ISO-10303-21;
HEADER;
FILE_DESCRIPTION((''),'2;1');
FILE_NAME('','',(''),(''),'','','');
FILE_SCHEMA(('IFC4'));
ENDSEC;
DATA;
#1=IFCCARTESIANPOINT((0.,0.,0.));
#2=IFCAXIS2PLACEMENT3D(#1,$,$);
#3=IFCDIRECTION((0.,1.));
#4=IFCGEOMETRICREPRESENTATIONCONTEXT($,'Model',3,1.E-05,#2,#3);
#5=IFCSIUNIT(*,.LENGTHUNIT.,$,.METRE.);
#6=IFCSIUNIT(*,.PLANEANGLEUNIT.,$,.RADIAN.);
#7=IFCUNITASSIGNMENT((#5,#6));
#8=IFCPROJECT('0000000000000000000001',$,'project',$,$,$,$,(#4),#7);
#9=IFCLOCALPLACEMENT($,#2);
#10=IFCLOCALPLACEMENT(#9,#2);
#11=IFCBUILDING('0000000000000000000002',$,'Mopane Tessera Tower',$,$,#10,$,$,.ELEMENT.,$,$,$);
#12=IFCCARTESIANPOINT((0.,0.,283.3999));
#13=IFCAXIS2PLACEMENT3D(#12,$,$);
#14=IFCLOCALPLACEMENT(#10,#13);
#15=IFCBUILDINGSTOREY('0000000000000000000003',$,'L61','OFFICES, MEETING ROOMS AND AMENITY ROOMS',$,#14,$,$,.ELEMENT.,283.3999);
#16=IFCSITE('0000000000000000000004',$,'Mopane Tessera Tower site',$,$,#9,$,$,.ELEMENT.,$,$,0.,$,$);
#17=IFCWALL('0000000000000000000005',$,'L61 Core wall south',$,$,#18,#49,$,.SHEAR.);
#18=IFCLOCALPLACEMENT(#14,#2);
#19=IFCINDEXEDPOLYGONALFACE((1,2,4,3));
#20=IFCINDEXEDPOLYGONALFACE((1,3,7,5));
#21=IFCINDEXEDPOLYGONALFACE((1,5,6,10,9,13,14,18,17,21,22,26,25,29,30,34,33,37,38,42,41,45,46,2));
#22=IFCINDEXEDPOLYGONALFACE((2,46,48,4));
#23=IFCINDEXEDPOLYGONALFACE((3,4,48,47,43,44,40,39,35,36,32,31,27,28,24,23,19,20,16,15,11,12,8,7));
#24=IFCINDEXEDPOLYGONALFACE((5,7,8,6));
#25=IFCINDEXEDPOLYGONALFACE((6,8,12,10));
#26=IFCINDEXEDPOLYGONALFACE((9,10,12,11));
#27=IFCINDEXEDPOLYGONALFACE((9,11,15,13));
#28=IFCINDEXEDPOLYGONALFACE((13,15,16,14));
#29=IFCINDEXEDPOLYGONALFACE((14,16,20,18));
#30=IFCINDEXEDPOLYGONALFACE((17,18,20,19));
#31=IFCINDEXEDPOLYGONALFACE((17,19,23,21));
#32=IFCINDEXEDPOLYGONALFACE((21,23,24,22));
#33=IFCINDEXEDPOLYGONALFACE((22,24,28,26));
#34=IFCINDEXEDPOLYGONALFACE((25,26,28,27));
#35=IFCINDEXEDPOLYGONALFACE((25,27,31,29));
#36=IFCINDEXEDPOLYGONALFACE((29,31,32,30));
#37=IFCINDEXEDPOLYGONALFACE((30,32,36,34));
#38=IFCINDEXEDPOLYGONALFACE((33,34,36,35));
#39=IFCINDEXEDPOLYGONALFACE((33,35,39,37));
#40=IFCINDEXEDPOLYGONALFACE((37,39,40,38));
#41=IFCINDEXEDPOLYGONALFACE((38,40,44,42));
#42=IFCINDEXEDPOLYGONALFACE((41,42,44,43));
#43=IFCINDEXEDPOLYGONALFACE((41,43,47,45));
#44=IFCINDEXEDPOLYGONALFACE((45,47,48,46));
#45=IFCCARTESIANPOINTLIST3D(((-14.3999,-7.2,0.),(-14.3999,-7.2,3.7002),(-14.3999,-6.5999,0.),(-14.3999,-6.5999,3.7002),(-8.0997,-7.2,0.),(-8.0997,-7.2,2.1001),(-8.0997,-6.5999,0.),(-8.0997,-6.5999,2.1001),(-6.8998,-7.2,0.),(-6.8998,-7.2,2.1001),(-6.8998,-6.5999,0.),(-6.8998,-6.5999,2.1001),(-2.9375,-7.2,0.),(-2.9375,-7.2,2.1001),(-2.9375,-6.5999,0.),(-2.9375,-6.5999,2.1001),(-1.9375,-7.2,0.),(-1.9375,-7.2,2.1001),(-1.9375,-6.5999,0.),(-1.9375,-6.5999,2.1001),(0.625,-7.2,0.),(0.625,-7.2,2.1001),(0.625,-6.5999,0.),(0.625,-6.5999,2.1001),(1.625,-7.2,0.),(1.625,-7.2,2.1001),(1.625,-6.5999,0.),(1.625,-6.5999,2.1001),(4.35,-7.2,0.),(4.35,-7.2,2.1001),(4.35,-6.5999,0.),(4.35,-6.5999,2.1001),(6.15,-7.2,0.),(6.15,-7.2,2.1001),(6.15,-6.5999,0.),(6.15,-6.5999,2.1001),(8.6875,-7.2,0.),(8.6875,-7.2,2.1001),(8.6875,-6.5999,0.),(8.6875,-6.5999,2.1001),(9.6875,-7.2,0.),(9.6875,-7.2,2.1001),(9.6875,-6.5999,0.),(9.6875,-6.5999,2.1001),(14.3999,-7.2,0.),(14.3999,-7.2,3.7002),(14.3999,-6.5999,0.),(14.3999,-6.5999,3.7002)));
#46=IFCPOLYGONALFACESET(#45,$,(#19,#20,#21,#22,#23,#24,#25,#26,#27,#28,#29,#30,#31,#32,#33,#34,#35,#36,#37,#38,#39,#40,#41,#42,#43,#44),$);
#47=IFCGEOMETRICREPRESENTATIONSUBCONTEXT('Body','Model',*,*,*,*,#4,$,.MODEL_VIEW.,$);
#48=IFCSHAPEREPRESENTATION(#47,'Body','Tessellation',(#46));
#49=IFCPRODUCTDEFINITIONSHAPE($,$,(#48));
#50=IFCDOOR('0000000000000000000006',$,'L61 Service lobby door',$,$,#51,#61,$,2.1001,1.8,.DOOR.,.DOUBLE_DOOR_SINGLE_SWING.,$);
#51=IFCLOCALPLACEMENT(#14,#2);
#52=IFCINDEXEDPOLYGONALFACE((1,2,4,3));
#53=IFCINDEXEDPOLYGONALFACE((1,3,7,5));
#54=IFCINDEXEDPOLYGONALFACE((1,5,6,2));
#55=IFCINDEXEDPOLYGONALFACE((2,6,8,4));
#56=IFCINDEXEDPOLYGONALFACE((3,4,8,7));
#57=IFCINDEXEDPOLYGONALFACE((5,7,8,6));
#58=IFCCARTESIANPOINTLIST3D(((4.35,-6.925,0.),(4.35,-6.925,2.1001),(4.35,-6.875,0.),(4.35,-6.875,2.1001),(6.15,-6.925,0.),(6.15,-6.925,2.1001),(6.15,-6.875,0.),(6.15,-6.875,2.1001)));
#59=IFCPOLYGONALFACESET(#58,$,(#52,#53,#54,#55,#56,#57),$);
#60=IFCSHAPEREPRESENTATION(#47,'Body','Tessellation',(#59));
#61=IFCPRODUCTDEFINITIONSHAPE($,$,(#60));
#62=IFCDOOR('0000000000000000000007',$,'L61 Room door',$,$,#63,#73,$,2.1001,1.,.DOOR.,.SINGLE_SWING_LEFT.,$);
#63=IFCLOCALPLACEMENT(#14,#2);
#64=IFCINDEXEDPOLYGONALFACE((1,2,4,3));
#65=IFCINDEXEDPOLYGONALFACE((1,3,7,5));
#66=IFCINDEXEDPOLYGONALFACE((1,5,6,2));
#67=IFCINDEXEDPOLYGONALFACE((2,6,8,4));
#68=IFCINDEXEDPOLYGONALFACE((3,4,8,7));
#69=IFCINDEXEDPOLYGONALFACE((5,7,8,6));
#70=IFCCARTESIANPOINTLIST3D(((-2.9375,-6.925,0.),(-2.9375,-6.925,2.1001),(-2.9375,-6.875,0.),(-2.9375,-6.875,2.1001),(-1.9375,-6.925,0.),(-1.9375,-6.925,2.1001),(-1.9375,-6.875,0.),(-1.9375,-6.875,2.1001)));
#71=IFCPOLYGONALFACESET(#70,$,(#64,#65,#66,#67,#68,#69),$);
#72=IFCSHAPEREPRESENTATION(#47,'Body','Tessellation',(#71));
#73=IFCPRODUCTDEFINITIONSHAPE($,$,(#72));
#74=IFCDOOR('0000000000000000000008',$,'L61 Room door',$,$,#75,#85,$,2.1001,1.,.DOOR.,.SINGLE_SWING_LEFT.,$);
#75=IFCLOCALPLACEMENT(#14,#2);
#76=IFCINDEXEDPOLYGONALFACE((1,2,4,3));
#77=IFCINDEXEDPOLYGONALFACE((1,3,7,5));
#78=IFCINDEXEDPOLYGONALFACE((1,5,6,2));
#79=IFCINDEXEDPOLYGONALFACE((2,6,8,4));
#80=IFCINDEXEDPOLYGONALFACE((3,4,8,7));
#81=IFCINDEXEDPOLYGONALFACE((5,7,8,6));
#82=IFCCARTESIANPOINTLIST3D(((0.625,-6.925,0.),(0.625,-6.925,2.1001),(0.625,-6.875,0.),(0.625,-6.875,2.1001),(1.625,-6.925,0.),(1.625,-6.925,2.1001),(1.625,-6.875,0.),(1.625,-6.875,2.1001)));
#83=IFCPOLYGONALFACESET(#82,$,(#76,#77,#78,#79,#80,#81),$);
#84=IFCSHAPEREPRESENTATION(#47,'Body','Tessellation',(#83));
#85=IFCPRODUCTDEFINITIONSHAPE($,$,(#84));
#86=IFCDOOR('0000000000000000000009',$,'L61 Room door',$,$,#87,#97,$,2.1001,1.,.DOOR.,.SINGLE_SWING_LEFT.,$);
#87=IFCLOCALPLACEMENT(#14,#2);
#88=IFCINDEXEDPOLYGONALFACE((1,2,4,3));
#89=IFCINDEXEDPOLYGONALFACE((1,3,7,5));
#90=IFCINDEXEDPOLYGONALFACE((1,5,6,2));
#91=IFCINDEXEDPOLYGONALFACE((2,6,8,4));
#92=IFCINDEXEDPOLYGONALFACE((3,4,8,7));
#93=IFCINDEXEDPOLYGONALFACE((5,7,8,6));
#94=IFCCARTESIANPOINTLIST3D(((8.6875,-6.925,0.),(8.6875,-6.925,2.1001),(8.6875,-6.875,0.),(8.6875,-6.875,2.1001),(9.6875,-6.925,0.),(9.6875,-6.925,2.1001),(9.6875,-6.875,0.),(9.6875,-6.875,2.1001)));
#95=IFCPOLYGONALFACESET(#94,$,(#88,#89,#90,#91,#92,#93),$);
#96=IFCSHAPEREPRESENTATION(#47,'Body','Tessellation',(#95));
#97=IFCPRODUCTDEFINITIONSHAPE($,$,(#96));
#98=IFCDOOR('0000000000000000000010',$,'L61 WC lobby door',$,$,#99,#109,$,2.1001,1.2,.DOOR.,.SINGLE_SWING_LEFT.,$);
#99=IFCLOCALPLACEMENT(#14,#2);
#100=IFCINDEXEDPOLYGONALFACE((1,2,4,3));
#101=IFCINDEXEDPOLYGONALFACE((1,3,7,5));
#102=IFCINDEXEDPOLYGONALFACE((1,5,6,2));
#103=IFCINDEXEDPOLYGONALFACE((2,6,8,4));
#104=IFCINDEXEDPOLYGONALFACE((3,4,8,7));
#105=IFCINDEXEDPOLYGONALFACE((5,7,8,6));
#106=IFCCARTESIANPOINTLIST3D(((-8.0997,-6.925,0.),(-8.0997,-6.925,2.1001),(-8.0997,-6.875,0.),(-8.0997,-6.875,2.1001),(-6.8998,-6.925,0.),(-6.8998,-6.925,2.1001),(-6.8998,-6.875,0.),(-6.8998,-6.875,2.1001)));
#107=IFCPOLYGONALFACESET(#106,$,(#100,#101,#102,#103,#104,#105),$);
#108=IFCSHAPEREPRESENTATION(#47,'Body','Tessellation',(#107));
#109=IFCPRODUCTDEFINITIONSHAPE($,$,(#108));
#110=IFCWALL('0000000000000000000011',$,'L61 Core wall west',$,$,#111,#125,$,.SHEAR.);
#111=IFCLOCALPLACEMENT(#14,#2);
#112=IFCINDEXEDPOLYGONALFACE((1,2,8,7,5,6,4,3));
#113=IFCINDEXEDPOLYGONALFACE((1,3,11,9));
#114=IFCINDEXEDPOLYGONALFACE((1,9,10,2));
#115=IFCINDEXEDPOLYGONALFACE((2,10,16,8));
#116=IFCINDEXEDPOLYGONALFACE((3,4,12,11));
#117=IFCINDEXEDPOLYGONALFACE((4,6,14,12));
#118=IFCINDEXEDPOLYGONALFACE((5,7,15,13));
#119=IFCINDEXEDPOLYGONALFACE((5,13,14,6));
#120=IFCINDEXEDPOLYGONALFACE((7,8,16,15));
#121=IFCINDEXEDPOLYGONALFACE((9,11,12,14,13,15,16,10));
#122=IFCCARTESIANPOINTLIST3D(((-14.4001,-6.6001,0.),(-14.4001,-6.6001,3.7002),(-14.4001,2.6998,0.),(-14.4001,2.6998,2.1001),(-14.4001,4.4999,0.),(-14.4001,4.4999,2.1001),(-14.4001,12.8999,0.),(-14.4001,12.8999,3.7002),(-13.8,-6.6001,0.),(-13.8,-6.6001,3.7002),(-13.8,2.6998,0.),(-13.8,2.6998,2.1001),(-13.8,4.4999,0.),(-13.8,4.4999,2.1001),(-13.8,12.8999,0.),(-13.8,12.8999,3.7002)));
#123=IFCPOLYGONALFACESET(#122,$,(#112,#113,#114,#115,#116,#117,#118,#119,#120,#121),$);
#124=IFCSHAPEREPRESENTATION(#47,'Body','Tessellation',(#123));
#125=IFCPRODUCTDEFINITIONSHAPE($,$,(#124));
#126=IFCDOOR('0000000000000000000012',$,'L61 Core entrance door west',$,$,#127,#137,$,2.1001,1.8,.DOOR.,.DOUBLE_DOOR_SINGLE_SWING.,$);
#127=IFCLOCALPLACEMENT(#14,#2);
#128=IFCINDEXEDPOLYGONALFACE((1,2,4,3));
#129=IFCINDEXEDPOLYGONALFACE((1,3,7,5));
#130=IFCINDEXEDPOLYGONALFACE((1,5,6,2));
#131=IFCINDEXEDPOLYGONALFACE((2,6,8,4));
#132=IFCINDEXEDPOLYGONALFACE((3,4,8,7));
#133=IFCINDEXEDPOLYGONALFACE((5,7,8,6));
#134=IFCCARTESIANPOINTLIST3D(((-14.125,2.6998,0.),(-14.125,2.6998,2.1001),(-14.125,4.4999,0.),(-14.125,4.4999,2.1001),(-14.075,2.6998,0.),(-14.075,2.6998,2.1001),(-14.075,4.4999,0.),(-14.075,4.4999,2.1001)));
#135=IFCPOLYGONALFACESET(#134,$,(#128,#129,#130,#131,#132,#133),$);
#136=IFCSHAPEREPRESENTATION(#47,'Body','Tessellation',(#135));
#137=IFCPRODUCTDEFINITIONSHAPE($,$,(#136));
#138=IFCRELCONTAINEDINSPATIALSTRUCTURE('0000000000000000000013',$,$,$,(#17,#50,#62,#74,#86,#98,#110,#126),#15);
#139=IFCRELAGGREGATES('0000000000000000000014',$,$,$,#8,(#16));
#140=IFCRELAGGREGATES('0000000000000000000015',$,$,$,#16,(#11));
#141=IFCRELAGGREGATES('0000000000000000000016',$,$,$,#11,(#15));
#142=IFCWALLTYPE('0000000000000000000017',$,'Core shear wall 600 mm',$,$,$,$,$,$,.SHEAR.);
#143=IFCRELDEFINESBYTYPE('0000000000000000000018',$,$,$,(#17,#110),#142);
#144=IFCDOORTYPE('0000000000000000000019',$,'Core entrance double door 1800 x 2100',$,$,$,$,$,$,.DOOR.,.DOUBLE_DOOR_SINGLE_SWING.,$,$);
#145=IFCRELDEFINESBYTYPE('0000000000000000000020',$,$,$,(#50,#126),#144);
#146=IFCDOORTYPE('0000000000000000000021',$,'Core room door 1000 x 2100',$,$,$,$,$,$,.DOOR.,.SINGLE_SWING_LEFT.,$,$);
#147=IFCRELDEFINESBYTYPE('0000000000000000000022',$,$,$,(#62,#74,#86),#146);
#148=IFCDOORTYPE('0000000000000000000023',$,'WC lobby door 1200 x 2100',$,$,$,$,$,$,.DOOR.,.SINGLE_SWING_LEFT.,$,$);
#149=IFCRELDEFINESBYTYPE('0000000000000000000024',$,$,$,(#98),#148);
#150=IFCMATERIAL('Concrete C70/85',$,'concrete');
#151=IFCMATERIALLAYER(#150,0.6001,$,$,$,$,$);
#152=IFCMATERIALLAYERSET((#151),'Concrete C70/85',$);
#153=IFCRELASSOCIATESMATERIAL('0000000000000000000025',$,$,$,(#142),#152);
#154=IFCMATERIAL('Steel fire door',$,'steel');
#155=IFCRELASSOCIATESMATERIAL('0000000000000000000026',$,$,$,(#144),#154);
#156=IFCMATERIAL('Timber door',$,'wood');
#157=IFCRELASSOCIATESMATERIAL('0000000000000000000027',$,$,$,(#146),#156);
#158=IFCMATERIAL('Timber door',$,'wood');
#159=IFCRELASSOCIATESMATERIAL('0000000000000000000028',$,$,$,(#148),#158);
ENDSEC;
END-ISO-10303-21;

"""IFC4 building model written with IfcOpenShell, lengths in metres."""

from ifc_helpers import new_model, si_unit, direction, frame, frame_2d, origin, place, context, subcontext, project, spatial, rectangle, extrude, material, layer, layer_set, type_object, element, fill, save


model = new_model("IFC4")

# Units and contexts
model_context = context("Model", 3, precision=1e-05, world=origin(), true_north=direction((0.0, 1.0)))
body_context = subcontext(model_context, "Body", "Model", "MODEL_VIEW")
ifc_project = project(units=[si_unit("LENGTHUNIT", "METRE"), si_unit("PLANEANGLEUNIT", "RADIAN")], contexts=[model_context])

# Site, building, storey
site_placement = place(None, origin())
site = spatial("IfcSite", under=ifc_project, at=site_placement, Name="Mopane Tessera Tower site", CompositionType="ELEMENT", RefElevation=0.0)
building_placement = place(site_placement, origin())
building = spatial("IfcBuilding", under=site, at=building_placement, Name="Mopane Tessera Tower", CompositionType="ELEMENT")
storey_placement = place(building_placement, frame((0.0, 0.0, 283.3999)))
storey = spatial("IfcBuildingStorey", under=building, at=storey_placement, Name="L61", Description="OFFICES, MEETING ROOMS AND AMENITY ROOMS", CompositionType="ELEMENT", Elevation=283.3999)

# Wall, openings, doors
ifc_material_1 = material(Name="Concrete C70/85", Category="concrete")
ifc_layer_1 = layer(ifc_material_1, 0.6001)
ifc_layer_set_1 = layer_set([ifc_layer_1], Name="Concrete C70/85")
wall_type_1 = type_object("IfcWallType", Name="Core shear wall 600 mm", PredefinedType="SHEAR", material=ifc_layer_set_1)
wall_1_placement = place(storey_placement, frame((-14.3999, -6.8999, 0.0), z_axis=(0.0, 0.0, 1.0), x_axis=(1.0, 0.0, 0.0)))
wall_1 = element("IfcWall", 1, at=wall_1_placement, inside=storey, type_object=wall_type_1, Name="L61 Core wall south", PredefinedType="SHEAR", context=body_context, shape_type="SweptSolid", body=[
    extrude(rectangle(XDim=28.7998, YDim=0.6001, at=frame_2d((14.3999, 0.0))), origin(), (0.0, 0.0, 1.0), 3.7002),
])
opening_1_placement = place(wall_1_placement, frame((6.3, 0.0, 0.0)))
opening_1 = element("IfcOpeningElement", 2, at=opening_1_placement, cuts=wall_1, PredefinedType="OPENING", context=body_context, shape_type="SweptSolid", body=[
    extrude(rectangle(XDim=1.2, YDim=2.1001, at=frame_2d((0.6001, 1.05))), frame((0.0, 0.312, 0.0), z_axis=(0.0, -1.0, 0.0), x_axis=(1.0, 0.0, 0.0)), (0.0, 0.0, 1.0), 0.624),
])
opening_2_placement = place(wall_1_placement, frame((11.4624, 0.0, 0.0)))
opening_2 = element("IfcOpeningElement", 3, at=opening_2_placement, cuts=wall_1, PredefinedType="OPENING", context=body_context, shape_type="SweptSolid", body=[
    extrude(rectangle(XDim=1.0, YDim=2.1001, at=frame_2d((0.5, 1.05))), frame((0.0, 0.312, 0.0), z_axis=(0.0, -1.0, 0.0), x_axis=(1.0, 0.0, 0.0)), (0.0, 0.0, 1.0), 0.624),
])
opening_3_placement = place(wall_1_placement, frame((15.0249, 0.0, 0.0)))
opening_3 = element("IfcOpeningElement", 4, at=opening_3_placement, cuts=wall_1, PredefinedType="OPENING", context=body_context, shape_type="SweptSolid", body=[
    extrude(rectangle(XDim=1.0, YDim=2.1001, at=frame_2d((0.5, 1.05))), frame((0.0, 0.312, 0.0), z_axis=(0.0, -1.0, 0.0), x_axis=(1.0, 0.0, 0.0)), (0.0, 0.0, 1.0), 0.624),
])
opening_4_placement = place(wall_1_placement, frame((18.75, 0.0, 0.0)))
opening_4 = element("IfcOpeningElement", 5, at=opening_4_placement, cuts=wall_1, PredefinedType="OPENING", context=body_context, shape_type="SweptSolid", body=[
    extrude(rectangle(XDim=1.8, YDim=2.1001, at=frame_2d((0.8999, 1.05))), frame((0.0, 0.312, 0.0), z_axis=(0.0, -1.0, 0.0), x_axis=(1.0, 0.0, 0.0)), (0.0, 0.0, 1.0), 0.624),
])
opening_5_placement = place(wall_1_placement, frame((23.0874, 0.0, 0.0)))
opening_5 = element("IfcOpeningElement", 6, at=opening_5_placement, cuts=wall_1, PredefinedType="OPENING", context=body_context, shape_type="SweptSolid", body=[
    extrude(rectangle(XDim=1.0, YDim=2.1001, at=frame_2d((0.5, 1.05))), frame((0.0, 0.312, 0.0), z_axis=(0.0, -1.0, 0.0), x_axis=(1.0, 0.0, 0.0)), (0.0, 0.0, 1.0), 0.624),
])
ifc_material_2 = material(Name="Steel fire door", Category="steel")
door_type_1 = type_object("IfcDoorType", Name="Core entrance double door 1800 x 2100", OperationType="DOUBLE_DOOR_SINGLE_SWING", PredefinedType="DOOR", material=ifc_material_2)
door_1_placement = place(opening_4_placement, origin())
door_1 = element("IfcDoor", 7, at=door_1_placement, inside=storey, type_object=door_type_1, Name="L61 Service lobby door", OperationType="DOUBLE_DOOR_SINGLE_SWING", OverallHeight=2.1001, OverallWidth=1.8, PredefinedType="DOOR", context=body_context, shape_type="SweptSolid", body=[
    extrude(rectangle(XDim=1.8, YDim=2.1001, at=frame_2d((0.8999, 1.05))), frame((0.0, 0.0249, 0.0), z_axis=(0.0, -1.0, 0.0), x_axis=(1.0, 0.0, 0.0)), (0.0, 0.0, 1.0), 0.05),
])
fill(opening_4, door_1)
ifc_material_3 = material(Name="Timber door", Category="wood")
door_type_2 = type_object("IfcDoorType", Name="Core room door 1000 x 2100", OperationType="SINGLE_SWING_LEFT", PredefinedType="DOOR", material=ifc_material_3)
door_2_placement = place(opening_2_placement, origin())
door_2 = element("IfcDoor", 8, at=door_2_placement, inside=storey, type_object=door_type_2, Name="L61 Room door", OperationType="SINGLE_SWING_LEFT", OverallHeight=2.1001, OverallWidth=1.0, PredefinedType="DOOR", context=body_context, shape_type="SweptSolid", body=[
    extrude(rectangle(XDim=1.0, YDim=2.1001, at=frame_2d((0.5, 1.05))), frame((0.0, 0.0249, 0.0), z_axis=(0.0, -1.0, 0.0), x_axis=(1.0, 0.0, 0.0)), (0.0, 0.0, 1.0), 0.05),
])
fill(opening_2, door_2)
door_3_placement = place(opening_3_placement, origin())
door_3 = element("IfcDoor", 9, at=door_3_placement, inside=storey, type_object=door_type_2, Name="L61 Room door", OperationType="SINGLE_SWING_LEFT", OverallHeight=2.1001, OverallWidth=1.0, PredefinedType="DOOR", context=body_context, shape_type="SweptSolid", body=[
    extrude(rectangle(XDim=1.0, YDim=2.1001, at=frame_2d((0.5, 1.05))), frame((0.0, 0.0249, 0.0), z_axis=(0.0, -1.0, 0.0), x_axis=(1.0, 0.0, 0.0)), (0.0, 0.0, 1.0), 0.05),
])
fill(opening_3, door_3)
door_4_placement = place(opening_5_placement, origin())
door_4 = element("IfcDoor", 10, at=door_4_placement, inside=storey, type_object=door_type_2, Name="L61 Room door", OperationType="SINGLE_SWING_LEFT", OverallHeight=2.1001, OverallWidth=1.0, PredefinedType="DOOR", context=body_context, shape_type="SweptSolid", body=[
    extrude(rectangle(XDim=1.0, YDim=2.1001, at=frame_2d((0.5, 1.05))), frame((0.0, 0.0249, 0.0), z_axis=(0.0, -1.0, 0.0), x_axis=(1.0, 0.0, 0.0)), (0.0, 0.0, 1.0), 0.05),
])
fill(opening_5, door_4)
ifc_material_4 = material(Name="Timber door", Category="wood")
door_type_3 = type_object("IfcDoorType", Name="WC lobby door 1200 x 2100", OperationType="SINGLE_SWING_LEFT", PredefinedType="DOOR", material=ifc_material_4)
door_5_placement = place(opening_1_placement, origin())
door_5 = element("IfcDoor", 11, at=door_5_placement, inside=storey, type_object=door_type_3, Name="L61 WC lobby door", OperationType="SINGLE_SWING_LEFT", OverallHeight=2.1001, OverallWidth=1.2, PredefinedType="DOOR", context=body_context, shape_type="SweptSolid", body=[
    extrude(rectangle(XDim=1.2, YDim=2.1001, at=frame_2d((0.6001, 1.05))), frame((0.0, 0.0249, 0.0), z_axis=(0.0, -1.0, 0.0), x_axis=(1.0, 0.0, 0.0)), (0.0, 0.0, 1.0), 0.05),
])
fill(opening_1, door_5)

# Wall, opening, door
wall_2_placement = place(storey_placement, frame((-14.1001, -6.6001, 0.0), z_axis=(0.0, 0.0, 1.0), x_axis=(0.0, 1.0, 0.0)))
wall_2 = element("IfcWall", 12, at=wall_2_placement, inside=storey, type_object=wall_type_1, Name="L61 Core wall west", PredefinedType="SHEAR", context=body_context, shape_type="SweptSolid", body=[
    extrude(rectangle(XDim=19.5, YDim=0.6001, at=frame_2d((9.75, 0.0))), origin(), (0.0, 0.0, 1.0), 3.7002),
])
opening_6_placement = place(wall_2_placement, frame((9.3, 0.0, 0.0)))
opening_6 = element("IfcOpeningElement", 13, at=opening_6_placement, cuts=wall_2, PredefinedType="OPENING", context=body_context, shape_type="SweptSolid", body=[
    extrude(rectangle(XDim=1.8, YDim=2.1001, at=frame_2d((0.8999, 1.05))), frame((0.0, 0.312, 0.0), z_axis=(0.0, -1.0, 0.0), x_axis=(1.0, 0.0, 0.0)), (0.0, 0.0, 1.0), 0.624),
])
door_6_placement = place(opening_6_placement, origin())
door_6 = element("IfcDoor", 14, at=door_6_placement, inside=storey, type_object=door_type_1, Name="L61 Core entrance door west", OperationType="DOUBLE_DOOR_SINGLE_SWING", OverallHeight=2.1001, OverallWidth=1.8, PredefinedType="DOOR", context=body_context, shape_type="SweptSolid", body=[
    extrude(rectangle(XDim=1.8, YDim=2.1001, at=frame_2d((0.8999, 1.05))), frame((0.0, 0.0249, 0.0), z_axis=(0.0, -1.0, 0.0), x_axis=(1.0, 0.0, 0.0)), (0.0, 0.0, 1.0), 0.05),
])
fill(opening_6, door_6)

save(model, "model.ifc")
